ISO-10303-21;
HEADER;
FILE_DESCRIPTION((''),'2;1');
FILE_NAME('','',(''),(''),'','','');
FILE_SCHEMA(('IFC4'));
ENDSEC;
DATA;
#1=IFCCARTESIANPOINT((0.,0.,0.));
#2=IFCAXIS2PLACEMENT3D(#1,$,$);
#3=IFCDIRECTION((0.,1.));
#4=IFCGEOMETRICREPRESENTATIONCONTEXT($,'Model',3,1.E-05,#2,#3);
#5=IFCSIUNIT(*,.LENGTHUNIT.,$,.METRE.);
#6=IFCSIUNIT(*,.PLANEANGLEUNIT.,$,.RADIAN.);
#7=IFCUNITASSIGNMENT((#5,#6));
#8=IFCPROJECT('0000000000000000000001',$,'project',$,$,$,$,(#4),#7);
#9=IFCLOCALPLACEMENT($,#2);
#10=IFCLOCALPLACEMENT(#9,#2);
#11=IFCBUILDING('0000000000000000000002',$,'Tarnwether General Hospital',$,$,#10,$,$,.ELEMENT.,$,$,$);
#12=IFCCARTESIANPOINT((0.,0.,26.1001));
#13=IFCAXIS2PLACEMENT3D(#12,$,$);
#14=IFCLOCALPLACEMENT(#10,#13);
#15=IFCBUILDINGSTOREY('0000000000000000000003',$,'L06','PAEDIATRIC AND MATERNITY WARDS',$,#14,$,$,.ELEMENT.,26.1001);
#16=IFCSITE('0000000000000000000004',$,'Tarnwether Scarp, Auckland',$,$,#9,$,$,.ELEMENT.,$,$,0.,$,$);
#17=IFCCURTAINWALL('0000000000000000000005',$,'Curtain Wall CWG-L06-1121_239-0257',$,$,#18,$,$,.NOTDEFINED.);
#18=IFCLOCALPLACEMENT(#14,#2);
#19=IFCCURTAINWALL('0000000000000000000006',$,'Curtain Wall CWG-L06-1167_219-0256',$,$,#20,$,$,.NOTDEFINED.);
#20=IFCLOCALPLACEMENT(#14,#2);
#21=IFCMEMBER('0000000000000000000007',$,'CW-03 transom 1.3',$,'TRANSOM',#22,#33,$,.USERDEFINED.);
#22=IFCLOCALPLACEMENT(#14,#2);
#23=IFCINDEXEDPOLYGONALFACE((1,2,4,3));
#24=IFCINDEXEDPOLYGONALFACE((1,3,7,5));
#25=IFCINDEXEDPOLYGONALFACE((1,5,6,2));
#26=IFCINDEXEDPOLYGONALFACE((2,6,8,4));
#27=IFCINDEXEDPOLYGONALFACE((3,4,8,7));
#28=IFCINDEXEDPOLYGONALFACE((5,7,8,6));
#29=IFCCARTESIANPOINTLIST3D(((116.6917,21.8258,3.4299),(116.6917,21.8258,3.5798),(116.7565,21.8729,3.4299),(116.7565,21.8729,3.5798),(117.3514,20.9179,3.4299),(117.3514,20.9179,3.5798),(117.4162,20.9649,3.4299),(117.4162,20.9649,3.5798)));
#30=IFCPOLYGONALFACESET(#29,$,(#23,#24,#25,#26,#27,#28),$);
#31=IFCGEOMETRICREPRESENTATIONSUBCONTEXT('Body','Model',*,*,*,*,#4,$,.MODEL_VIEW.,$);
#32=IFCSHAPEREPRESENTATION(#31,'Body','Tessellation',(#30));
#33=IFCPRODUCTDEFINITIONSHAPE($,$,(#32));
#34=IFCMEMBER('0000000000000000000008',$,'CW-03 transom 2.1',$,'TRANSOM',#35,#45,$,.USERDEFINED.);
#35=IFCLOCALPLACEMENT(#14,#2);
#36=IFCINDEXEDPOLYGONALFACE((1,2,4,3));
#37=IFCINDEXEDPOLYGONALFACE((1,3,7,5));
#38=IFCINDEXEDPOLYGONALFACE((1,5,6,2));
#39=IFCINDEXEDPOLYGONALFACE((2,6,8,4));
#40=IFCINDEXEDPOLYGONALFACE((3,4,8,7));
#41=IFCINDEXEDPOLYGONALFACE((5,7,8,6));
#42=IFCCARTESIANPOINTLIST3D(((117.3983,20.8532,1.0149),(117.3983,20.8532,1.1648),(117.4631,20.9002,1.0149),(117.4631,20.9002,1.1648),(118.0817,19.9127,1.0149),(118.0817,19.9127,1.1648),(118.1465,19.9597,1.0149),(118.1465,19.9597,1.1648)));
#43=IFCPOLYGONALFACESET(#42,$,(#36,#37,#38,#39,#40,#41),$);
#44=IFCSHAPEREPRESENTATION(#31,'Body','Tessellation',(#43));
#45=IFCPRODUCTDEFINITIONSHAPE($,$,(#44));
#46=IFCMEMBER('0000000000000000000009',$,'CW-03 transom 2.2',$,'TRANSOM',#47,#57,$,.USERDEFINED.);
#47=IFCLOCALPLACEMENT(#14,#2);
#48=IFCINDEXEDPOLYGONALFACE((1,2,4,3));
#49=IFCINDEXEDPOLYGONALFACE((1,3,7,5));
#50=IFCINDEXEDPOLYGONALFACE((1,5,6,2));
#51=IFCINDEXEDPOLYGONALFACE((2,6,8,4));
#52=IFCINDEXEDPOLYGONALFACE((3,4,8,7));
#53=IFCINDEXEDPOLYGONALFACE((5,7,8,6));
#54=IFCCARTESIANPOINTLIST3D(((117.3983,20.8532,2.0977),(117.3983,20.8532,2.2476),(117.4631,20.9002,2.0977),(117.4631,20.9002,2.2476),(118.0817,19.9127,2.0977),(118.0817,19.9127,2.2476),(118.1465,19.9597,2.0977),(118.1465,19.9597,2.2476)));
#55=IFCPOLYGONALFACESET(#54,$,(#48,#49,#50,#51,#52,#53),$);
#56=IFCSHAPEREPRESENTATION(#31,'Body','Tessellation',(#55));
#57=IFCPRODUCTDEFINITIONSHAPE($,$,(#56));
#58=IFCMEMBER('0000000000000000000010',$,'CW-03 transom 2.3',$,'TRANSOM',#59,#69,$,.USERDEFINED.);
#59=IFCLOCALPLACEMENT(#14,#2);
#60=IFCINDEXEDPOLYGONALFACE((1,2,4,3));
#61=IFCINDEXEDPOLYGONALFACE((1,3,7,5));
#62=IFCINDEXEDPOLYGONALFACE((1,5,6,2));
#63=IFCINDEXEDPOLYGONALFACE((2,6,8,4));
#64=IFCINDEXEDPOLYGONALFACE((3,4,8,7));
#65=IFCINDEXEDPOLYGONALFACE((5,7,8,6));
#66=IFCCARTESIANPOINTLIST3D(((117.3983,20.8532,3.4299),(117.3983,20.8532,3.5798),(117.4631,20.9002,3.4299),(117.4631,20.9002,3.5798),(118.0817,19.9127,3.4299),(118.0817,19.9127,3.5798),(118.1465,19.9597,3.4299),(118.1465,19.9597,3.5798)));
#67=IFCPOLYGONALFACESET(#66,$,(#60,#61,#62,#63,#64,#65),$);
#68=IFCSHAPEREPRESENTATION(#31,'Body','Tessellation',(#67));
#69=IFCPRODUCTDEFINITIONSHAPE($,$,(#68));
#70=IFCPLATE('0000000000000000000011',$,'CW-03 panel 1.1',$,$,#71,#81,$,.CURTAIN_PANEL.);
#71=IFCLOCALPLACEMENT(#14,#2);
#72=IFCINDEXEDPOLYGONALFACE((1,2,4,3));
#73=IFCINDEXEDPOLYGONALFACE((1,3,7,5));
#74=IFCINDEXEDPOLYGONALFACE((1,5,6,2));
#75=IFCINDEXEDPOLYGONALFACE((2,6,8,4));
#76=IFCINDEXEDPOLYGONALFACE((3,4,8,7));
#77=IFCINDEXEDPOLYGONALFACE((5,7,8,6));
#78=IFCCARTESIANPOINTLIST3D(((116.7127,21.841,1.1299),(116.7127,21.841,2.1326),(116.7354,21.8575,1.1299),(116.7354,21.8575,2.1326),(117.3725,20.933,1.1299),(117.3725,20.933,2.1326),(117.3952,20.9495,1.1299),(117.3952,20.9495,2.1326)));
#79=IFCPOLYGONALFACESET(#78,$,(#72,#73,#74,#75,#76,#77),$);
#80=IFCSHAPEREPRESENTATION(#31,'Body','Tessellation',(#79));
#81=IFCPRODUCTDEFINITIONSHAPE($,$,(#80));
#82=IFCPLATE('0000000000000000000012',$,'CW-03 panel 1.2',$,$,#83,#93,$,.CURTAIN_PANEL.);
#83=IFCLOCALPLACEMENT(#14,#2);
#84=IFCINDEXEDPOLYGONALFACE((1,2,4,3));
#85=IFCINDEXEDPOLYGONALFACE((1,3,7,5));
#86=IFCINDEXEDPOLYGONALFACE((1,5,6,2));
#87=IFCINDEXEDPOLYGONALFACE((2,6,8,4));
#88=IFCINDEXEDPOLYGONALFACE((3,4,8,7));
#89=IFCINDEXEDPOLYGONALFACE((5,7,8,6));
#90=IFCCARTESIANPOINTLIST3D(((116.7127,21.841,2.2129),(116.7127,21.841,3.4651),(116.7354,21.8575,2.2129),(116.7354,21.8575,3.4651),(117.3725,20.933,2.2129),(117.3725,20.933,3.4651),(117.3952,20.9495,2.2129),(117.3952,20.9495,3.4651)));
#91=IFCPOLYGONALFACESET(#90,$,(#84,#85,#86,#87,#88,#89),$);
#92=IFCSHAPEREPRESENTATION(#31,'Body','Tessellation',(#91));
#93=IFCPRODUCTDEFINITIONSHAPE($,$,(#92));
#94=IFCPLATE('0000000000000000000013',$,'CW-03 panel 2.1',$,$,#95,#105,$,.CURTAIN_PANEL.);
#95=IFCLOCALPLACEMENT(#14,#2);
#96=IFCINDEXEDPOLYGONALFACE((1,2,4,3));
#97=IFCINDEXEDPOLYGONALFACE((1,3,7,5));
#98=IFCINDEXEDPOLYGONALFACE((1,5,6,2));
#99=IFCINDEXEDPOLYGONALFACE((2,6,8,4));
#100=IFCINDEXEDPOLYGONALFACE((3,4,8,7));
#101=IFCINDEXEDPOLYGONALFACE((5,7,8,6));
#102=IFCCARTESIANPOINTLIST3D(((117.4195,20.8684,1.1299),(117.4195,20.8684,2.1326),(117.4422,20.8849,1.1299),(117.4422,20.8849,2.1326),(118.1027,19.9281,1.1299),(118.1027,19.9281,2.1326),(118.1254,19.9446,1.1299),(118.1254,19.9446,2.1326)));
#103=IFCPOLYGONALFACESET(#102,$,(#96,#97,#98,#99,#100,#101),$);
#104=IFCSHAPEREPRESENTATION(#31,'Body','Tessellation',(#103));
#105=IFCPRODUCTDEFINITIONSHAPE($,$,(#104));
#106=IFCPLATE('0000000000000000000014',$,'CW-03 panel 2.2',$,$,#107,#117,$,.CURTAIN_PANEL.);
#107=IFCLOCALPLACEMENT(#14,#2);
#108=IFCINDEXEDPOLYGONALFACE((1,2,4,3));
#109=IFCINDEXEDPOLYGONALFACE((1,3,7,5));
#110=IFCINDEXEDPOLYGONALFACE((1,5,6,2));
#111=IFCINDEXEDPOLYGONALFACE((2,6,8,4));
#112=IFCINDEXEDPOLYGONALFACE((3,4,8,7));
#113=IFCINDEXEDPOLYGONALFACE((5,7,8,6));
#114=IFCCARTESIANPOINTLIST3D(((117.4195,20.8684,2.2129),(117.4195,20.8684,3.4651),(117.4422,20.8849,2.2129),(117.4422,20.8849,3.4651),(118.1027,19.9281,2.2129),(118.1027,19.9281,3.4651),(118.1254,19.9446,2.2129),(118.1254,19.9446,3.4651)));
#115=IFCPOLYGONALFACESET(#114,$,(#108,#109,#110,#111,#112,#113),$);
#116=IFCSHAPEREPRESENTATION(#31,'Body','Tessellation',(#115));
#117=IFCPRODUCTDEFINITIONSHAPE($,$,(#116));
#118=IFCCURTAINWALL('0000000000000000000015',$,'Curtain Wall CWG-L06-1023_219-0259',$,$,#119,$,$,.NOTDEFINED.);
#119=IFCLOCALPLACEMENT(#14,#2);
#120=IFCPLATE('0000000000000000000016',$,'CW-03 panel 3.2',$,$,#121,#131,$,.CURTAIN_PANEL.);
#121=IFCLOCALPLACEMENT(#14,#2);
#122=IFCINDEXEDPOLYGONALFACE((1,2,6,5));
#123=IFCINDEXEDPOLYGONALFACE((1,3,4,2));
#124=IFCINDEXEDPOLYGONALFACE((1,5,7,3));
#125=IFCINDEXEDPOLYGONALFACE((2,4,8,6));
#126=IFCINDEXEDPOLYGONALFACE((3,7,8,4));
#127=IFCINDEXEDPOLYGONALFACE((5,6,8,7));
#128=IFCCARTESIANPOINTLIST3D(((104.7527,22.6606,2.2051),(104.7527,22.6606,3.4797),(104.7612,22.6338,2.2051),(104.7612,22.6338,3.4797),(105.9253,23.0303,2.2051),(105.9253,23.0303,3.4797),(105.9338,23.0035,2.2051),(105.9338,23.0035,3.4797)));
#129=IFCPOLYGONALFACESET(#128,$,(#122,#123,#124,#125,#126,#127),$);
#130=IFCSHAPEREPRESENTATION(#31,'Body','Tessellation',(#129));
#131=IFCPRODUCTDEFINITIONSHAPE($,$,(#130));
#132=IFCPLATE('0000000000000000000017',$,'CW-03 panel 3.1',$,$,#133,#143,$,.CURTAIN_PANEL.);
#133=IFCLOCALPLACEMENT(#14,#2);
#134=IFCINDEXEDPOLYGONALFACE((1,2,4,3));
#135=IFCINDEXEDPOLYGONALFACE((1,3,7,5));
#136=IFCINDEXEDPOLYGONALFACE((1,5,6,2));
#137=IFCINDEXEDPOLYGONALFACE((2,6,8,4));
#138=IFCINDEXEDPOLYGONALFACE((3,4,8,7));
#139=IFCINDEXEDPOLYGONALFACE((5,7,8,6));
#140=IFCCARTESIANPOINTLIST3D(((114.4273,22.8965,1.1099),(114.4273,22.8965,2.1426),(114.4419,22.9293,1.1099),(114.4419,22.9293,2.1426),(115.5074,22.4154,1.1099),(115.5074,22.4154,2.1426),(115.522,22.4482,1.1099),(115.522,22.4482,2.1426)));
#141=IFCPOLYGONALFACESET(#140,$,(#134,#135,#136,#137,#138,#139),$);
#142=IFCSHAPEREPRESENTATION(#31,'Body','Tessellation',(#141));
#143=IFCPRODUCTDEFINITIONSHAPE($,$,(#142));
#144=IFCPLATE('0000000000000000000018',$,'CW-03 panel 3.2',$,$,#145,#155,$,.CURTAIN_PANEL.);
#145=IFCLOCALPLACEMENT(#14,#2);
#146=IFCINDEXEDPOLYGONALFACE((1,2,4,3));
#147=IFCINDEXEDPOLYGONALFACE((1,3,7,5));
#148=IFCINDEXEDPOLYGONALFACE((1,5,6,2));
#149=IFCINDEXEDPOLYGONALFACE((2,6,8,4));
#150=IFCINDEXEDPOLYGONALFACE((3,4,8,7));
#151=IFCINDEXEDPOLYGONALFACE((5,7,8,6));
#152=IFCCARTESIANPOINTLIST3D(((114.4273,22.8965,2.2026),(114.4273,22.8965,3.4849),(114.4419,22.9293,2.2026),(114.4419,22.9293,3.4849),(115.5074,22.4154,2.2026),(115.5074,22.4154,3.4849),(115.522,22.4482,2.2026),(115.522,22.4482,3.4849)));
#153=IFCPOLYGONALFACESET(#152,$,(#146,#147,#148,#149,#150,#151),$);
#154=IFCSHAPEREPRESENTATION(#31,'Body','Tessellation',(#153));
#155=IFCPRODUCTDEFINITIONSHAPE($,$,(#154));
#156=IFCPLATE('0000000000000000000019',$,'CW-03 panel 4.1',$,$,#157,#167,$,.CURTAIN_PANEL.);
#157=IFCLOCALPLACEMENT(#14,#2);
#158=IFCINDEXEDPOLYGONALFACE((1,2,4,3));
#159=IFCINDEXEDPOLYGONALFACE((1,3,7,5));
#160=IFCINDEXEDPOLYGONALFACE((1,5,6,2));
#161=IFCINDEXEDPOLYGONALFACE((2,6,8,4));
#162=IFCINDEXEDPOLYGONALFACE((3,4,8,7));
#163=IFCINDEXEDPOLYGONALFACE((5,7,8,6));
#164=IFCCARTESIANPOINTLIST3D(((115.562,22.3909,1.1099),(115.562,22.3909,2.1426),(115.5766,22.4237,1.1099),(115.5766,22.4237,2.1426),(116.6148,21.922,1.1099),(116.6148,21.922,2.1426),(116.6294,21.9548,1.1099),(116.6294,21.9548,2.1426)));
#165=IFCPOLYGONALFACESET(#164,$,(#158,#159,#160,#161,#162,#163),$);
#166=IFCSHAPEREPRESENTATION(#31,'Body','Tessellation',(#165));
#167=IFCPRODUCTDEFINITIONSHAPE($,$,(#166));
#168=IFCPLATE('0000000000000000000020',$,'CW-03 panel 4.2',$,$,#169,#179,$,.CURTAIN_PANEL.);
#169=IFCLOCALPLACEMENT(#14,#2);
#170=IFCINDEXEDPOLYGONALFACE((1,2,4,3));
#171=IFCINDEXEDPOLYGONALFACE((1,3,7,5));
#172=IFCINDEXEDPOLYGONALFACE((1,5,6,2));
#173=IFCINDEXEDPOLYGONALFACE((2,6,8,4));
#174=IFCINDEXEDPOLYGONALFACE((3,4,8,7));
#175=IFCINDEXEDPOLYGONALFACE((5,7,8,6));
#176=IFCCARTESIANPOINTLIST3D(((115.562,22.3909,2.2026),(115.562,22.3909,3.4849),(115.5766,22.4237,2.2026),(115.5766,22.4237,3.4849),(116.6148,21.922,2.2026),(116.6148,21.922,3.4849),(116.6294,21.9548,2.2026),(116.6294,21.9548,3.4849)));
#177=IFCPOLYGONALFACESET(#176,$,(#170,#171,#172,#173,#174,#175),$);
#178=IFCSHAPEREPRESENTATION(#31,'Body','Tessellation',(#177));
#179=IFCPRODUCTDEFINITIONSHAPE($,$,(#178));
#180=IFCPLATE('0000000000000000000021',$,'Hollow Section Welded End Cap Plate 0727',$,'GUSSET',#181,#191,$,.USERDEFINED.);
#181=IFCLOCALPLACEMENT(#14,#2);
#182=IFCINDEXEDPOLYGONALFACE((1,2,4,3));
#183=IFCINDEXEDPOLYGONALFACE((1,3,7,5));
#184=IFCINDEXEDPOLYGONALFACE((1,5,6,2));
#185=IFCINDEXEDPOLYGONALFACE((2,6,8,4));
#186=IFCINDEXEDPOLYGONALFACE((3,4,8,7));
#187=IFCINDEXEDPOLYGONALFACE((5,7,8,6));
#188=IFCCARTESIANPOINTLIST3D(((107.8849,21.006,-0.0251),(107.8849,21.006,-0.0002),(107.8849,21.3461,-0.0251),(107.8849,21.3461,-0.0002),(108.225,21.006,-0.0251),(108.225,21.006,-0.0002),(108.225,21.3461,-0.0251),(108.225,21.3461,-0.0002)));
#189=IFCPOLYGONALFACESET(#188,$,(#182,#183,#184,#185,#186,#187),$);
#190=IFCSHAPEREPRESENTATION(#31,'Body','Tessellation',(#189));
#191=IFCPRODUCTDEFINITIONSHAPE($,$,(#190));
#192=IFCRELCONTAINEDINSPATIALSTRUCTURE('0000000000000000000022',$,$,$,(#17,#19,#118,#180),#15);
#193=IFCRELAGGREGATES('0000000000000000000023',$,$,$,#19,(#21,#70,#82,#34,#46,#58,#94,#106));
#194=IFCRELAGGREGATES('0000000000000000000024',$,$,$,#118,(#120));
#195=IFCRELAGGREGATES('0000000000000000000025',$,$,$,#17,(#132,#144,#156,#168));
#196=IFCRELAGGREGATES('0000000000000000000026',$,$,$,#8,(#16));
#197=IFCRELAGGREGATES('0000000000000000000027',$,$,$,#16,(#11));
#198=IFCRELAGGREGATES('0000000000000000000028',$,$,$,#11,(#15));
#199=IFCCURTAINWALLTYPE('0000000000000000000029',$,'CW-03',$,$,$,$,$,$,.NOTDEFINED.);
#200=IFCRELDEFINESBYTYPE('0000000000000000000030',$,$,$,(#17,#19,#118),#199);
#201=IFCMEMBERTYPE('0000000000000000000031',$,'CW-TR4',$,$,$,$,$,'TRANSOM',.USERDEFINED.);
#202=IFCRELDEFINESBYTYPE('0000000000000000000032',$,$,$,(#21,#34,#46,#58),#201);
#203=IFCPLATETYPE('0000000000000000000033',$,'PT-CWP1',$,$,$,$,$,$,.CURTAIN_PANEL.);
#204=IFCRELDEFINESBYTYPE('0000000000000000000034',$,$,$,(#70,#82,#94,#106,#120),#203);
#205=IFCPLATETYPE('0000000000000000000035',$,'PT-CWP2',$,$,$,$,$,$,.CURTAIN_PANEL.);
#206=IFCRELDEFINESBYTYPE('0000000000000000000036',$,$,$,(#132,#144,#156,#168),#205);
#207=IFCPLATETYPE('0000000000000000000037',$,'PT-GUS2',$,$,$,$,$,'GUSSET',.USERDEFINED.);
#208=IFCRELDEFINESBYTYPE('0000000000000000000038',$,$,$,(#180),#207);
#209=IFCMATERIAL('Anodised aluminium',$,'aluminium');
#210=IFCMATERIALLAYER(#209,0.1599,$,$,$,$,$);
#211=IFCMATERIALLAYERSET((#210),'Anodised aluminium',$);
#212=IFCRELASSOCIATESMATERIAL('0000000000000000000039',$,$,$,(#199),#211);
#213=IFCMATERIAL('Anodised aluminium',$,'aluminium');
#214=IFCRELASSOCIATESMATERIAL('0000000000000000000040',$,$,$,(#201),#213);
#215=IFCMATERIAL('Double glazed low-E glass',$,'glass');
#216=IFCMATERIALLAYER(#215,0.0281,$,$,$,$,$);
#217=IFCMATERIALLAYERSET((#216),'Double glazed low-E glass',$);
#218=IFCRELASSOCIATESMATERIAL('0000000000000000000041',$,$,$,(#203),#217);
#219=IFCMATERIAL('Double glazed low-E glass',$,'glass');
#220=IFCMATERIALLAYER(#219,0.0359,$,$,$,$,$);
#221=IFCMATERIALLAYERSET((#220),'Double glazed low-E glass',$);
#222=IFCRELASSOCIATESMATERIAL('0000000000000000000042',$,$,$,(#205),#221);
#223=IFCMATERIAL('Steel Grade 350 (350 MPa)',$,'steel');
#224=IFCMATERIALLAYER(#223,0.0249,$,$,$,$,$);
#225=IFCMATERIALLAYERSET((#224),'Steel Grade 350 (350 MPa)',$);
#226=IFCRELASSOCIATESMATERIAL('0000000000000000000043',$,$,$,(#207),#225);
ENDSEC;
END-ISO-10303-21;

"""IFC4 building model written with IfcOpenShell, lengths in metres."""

from ifc_helpers import new_model, si_unit, direction, frame, origin, origin_2d, place, context, subcontext, project, spatial, rectangle, extrude, material, layer, layer_set, material_profile, profile_set, type_object, element, aggregate, save


model = new_model("IFC4")

# Units and contexts
model_context = context("Model", 3, precision=1e-05, world=origin(), true_north=direction((0.0, 1.0)))
body_context = subcontext(model_context, "Body", "Model", "MODEL_VIEW")
ifc_project = project(units=[si_unit("LENGTHUNIT", "METRE"), si_unit("PLANEANGLEUNIT", "RADIAN")], contexts=[model_context])

# Site, building, storey
site_placement = place(None, origin())
site = spatial("IfcSite", under=ifc_project, at=site_placement, Name="Tarnwether Scarp, Auckland", CompositionType="ELEMENT", RefElevation=0.0)
building_placement = place(site_placement, origin())
building = spatial("IfcBuilding", under=site, at=building_placement, Name="Tarnwether General Hospital", CompositionType="ELEMENT")
storey_placement = place(building_placement, frame((0.0, 0.0, 26.1001)))
storey = spatial("IfcBuildingStorey", under=building, at=storey_placement, Name="L06", Description="PAEDIATRIC AND MATERNITY WARDS", CompositionType="ELEMENT", Elevation=26.1001)

# Curtain walls
ifc_material_1 = material(Name="Anodised aluminium", Category="aluminium")
ifc_layer_1 = layer(ifc_material_1, 0.1599)
ifc_layer_set_1 = layer_set([ifc_layer_1], Name="Anodised aluminium")
curtain_wall_type = type_object("IfcCurtainWallType", Name="CW-03", PredefinedType="NOTDEFINED", material=ifc_layer_set_1)
curtain_wall_1_placement = place(storey_placement, origin())
curtain_wall_1 = element("IfcCurtainWall", 1, at=curtain_wall_1_placement, inside=storey, type_object=curtain_wall_type, Name="Curtain Wall CWG-L06-1121_239-0257", PredefinedType="NOTDEFINED")
curtain_wall_2_placement = place(storey_placement, origin())
curtain_wall_2 = element("IfcCurtainWall", 2, at=curtain_wall_2_placement, inside=storey, type_object=curtain_wall_type, Name="Curtain Wall CWG-L06-1167_219-0256", PredefinedType="NOTDEFINED")

# Members
ifc_material_2 = material(Name="Anodised aluminium", Category="aluminium")
ifc_material_profile_1 = material_profile(ifc_material_2, rectangle(XDim=0.0801, YDim=0.1499, at=origin_2d()), Name="ALU-TRN-80x150")
ifc_profile_set_1 = profile_set([ifc_material_profile_1], Name="Anodised aluminium")
member_type_1 = type_object("IfcMemberType", Name="CW-TR4", ElementType="TRANSOM", PredefinedType="USERDEFINED", material=ifc_profile_set_1)
member_1_placement = place(storey_placement, frame((116.7241, 21.8494, 3.5049), z_axis=(0.587784, -0.809018, 0.0), x_axis=(0.809018, 0.587784, 0.0)))
member_1 = element("IfcMember", 3, at=member_1_placement, type_object=member_type_1, Name="CW-03 transom 1.3", ObjectType="TRANSOM", PredefinedType="USERDEFINED", context=body_context, shape_type="SweptSolid", body=[
    extrude(rectangle(XDim=0.0801, YDim=0.1499, at=origin_2d()), origin(), (0.0, 0.0, 1.0), 1.1223),
])
member_2_placement = place(storey_placement, frame((117.4307, 20.8767, 1.0898), z_axis=(0.587834, -0.808981, 0.0), x_axis=(0.808981, 0.587834, 0.0)))
member_2 = element("IfcMember", 4, at=member_2_placement, type_object=member_type_1, Name="CW-03 transom 2.1", ObjectType="TRANSOM", PredefinedType="USERDEFINED", context=body_context, shape_type="SweptSolid", body=[
    extrude(rectangle(XDim=0.0801, YDim=0.1499, at=origin_2d()), origin(), (0.0, 0.0, 1.0), 1.1626),
])
member_3_placement = place(storey_placement, frame((117.4307, 20.8767, 2.1726), z_axis=(0.587834, -0.808981, 0.0), x_axis=(0.808981, 0.587834, 0.0)))
member_3 = element("IfcMember", 5, at=member_3_placement, type_object=member_type_1, Name="CW-03 transom 2.2", ObjectType="TRANSOM", PredefinedType="USERDEFINED", context=body_context, shape_type="SweptSolid", body=[
    extrude(rectangle(XDim=0.0801, YDim=0.1499, at=origin_2d()), origin(), (0.0, 0.0, 1.0), 1.1626),
])
member_4_placement = place(storey_placement, frame((117.4307, 20.8767, 3.5049), z_axis=(0.587834, -0.808981, 0.0), x_axis=(0.808981, 0.587834, 0.0)))
member_4 = element("IfcMember", 6, at=member_4_placement, type_object=member_type_1, Name="CW-03 transom 2.3", ObjectType="TRANSOM", PredefinedType="USERDEFINED", context=body_context, shape_type="SweptSolid", body=[
    extrude(rectangle(XDim=0.0801, YDim=0.1499, at=origin_2d()), origin(), (0.0, 0.0, 1.0), 1.1626),
])

# Plates
ifc_material_3 = material(Name="Double glazed low-E glass", Category="glass")
ifc_layer_2 = layer(ifc_material_3, 0.0281)
ifc_layer_set_2 = layer_set([ifc_layer_2], Name="Double glazed low-E glass")
plate_type_1 = type_object("IfcPlateType", Name="PT-CWP1", PredefinedType="CURTAIN_PANEL", material=ifc_layer_set_2)
plate_1_placement = place(storey_placement, frame((117.054, 21.3953, 1.1299), z_axis=(0.0, 0.0, 1.0), x_axis=(0.587825, -0.808988, 0.0)))
plate_1 = element("IfcPlate", 7, at=plate_1_placement, type_object=plate_type_1, Name="CW-03 panel 1.1", PredefinedType="CURTAIN_PANEL", context=body_context, shape_type="SweptSolid", body=[
    extrude(rectangle(XDim=1.1223, YDim=0.0281, at=origin_2d()), origin(), (0.0, 0.0, 1.0), 1.0027),
])
plate_2_placement = place(storey_placement, frame((117.054, 21.3953, 2.2129), z_axis=(0.0, 0.0, 1.0), x_axis=(0.587825, -0.808988, 0.0)))
plate_2 = element("IfcPlate", 8, at=plate_2_placement, type_object=plate_type_1, Name="CW-03 panel 1.2", PredefinedType="CURTAIN_PANEL", context=body_context, shape_type="SweptSolid", body=[
    extrude(rectangle(XDim=1.1223, YDim=0.0281, at=origin_2d()), origin(), (0.0, 0.0, 1.0), 1.2522),
])
plate_3_placement = place(storey_placement, frame((117.7725, 20.4065, 1.1299), z_axis=(0.0, 0.0, 1.0), x_axis=(0.587825, -0.808988, 0.0)))
plate_3 = element("IfcPlate", 9, at=plate_3_placement, type_object=plate_type_1, Name="CW-03 panel 2.1", PredefinedType="CURTAIN_PANEL", context=body_context, shape_type="SweptSolid", body=[
    extrude(rectangle(XDim=1.1624, YDim=0.0281, at=origin_2d()), origin(), (0.0, 0.0, 1.0), 1.0027),
])
plate_4_placement = place(storey_placement, frame((117.7725, 20.4065, 2.2129), z_axis=(0.0, 0.0, 1.0), x_axis=(0.587825, -0.808988, 0.0)))
plate_4 = element("IfcPlate", 10, at=plate_4_placement, type_object=plate_type_1, Name="CW-03 panel 2.2", PredefinedType="CURTAIN_PANEL", context=body_context, shape_type="SweptSolid", body=[
    extrude(rectangle(XDim=1.1624, YDim=0.0281, at=origin_2d()), origin(), (0.0, 0.0, 1.0), 1.2522),
])
aggregate(curtain_wall_2, [member_1, plate_1, plate_2, member_2, member_3, member_4, plate_3, plate_4])

# Curtain wall, plate
curtain_wall_3_placement = place(storey_placement, origin())
curtain_wall_3 = element("IfcCurtainWall", 11, at=curtain_wall_3_placement, inside=storey, type_object=curtain_wall_type, Name="Curtain Wall CWG-L06-1023_219-0259", PredefinedType="NOTDEFINED")
plate_5_placement = place(storey_placement, frame((105.3433, 22.832, 2.2051), z_axis=(0.0, 0.0, 1.0), x_axis=(0.953714, 0.300715, 0.0)))
plate_5 = element("IfcPlate", 12, at=plate_5_placement, type_object=plate_type_1, Name="CW-03 panel 3.2", PredefinedType="CURTAIN_PANEL", context=body_context, shape_type="SweptSolid", body=[
    extrude(rectangle(XDim=1.2295, YDim=0.0281, at=origin_2d()), origin(), (0.0, 0.0, 1.0), 1.2747),
])
aggregate(curtain_wall_3, [plate_5])

# Plates
ifc_material_4 = material(Name="Double glazed low-E glass", Category="glass")
ifc_layer_3 = layer(ifc_material_4, 0.0359)
ifc_layer_set_3 = layer_set([ifc_layer_3], Name="Double glazed low-E glass")
plate_type_2 = type_object("IfcPlateType", Name="PT-CWP2", PredefinedType="CURTAIN_PANEL", material=ifc_layer_set_3)
plate_6_placement = place(storey_placement, frame((114.9746, 22.6724, 1.1099), z_axis=(0.0, 0.0, 1.0), x_axis=(0.913496, -0.406848, 0.0)))
plate_6 = element("IfcPlate", 13, at=plate_6_placement, type_object=plate_type_2, Name="CW-03 panel 3.1", PredefinedType="CURTAIN_PANEL", context=body_context, shape_type="SweptSolid", body=[
    extrude(rectangle(XDim=1.1824, YDim=0.0359, at=origin_2d()), origin(), (0.0, 0.0, 1.0), 1.0327),
])
plate_7_placement = place(storey_placement, frame((114.9746, 22.6724, 2.2026), z_axis=(0.0, 0.0, 1.0), x_axis=(0.913496, -0.406848, 0.0)))
plate_7 = element("IfcPlate", 14, at=plate_7_placement, type_object=plate_type_2, Name="CW-03 panel 3.2", PredefinedType="CURTAIN_PANEL", context=body_context, shape_type="SweptSolid", body=[
    extrude(rectangle(XDim=1.1824, YDim=0.0359, at=origin_2d()), origin(), (0.0, 0.0, 1.0), 1.2822),
])
plate_8_placement = place(storey_placement, frame((116.0957, 22.1729, 1.1099), z_axis=(0.0, 0.0, 1.0), x_axis=(0.913496, -0.406848, 0.0)))
plate_8 = element("IfcPlate", 15, at=plate_8_placement, type_object=plate_type_2, Name="CW-03 panel 4.1", PredefinedType="CURTAIN_PANEL", context=body_context, shape_type="SweptSolid", body=[
    extrude(rectangle(XDim=1.1526, YDim=0.0359, at=origin_2d()), origin(), (0.0, 0.0, 1.0), 1.0327),
])
plate_9_placement = place(storey_placement, frame((116.0957, 22.1729, 2.2026), z_axis=(0.0, 0.0, 1.0), x_axis=(0.913496, -0.406848, 0.0)))
plate_9 = element("IfcPlate", 16, at=plate_9_placement, type_object=plate_type_2, Name="CW-03 panel 4.2", PredefinedType="CURTAIN_PANEL", context=body_context, shape_type="SweptSolid", body=[
    extrude(rectangle(XDim=1.1526, YDim=0.0359, at=origin_2d()), origin(), (0.0, 0.0, 1.0), 1.2822),
])
aggregate(curtain_wall_1, [plate_6, plate_7, plate_8, plate_9])

# Plate
ifc_material_5 = material(Name="Steel Grade 350 (350 MPa)", Category="steel")
ifc_layer_4 = layer(ifc_material_5, 0.0249)
ifc_layer_set_4 = layer_set([ifc_layer_4], Name="Steel Grade 350 (350 MPa)")
plate_type_3 = type_object("IfcPlateType", Name="PT-GUS2", ElementType="GUSSET", PredefinedType="USERDEFINED", material=ifc_layer_set_4)
for number, where, z_axis, x_axis, name in (
    (17, (108.0549, 21.176, -0.0251), (0.0, 0.0, 1.0), (1.0, 0.0, 0.0), "Hollow Section Welded End Cap Plate 0727"),
):
    element("IfcPlate", number, at=place(storey_placement, frame(where, z_axis=z_axis, x_axis=x_axis)), inside=storey, type_object=plate_type_3, Name=name, ObjectType="GUSSET", PredefinedType="USERDEFINED", context=body_context, shape_type="SweptSolid", body=[
        extrude(rectangle(XDim=0.3401, YDim=0.3401, at=origin_2d()), origin(), (0.0, 0.0, 1.0), 0.0249),
    ])

save(model, "model.ifc")
